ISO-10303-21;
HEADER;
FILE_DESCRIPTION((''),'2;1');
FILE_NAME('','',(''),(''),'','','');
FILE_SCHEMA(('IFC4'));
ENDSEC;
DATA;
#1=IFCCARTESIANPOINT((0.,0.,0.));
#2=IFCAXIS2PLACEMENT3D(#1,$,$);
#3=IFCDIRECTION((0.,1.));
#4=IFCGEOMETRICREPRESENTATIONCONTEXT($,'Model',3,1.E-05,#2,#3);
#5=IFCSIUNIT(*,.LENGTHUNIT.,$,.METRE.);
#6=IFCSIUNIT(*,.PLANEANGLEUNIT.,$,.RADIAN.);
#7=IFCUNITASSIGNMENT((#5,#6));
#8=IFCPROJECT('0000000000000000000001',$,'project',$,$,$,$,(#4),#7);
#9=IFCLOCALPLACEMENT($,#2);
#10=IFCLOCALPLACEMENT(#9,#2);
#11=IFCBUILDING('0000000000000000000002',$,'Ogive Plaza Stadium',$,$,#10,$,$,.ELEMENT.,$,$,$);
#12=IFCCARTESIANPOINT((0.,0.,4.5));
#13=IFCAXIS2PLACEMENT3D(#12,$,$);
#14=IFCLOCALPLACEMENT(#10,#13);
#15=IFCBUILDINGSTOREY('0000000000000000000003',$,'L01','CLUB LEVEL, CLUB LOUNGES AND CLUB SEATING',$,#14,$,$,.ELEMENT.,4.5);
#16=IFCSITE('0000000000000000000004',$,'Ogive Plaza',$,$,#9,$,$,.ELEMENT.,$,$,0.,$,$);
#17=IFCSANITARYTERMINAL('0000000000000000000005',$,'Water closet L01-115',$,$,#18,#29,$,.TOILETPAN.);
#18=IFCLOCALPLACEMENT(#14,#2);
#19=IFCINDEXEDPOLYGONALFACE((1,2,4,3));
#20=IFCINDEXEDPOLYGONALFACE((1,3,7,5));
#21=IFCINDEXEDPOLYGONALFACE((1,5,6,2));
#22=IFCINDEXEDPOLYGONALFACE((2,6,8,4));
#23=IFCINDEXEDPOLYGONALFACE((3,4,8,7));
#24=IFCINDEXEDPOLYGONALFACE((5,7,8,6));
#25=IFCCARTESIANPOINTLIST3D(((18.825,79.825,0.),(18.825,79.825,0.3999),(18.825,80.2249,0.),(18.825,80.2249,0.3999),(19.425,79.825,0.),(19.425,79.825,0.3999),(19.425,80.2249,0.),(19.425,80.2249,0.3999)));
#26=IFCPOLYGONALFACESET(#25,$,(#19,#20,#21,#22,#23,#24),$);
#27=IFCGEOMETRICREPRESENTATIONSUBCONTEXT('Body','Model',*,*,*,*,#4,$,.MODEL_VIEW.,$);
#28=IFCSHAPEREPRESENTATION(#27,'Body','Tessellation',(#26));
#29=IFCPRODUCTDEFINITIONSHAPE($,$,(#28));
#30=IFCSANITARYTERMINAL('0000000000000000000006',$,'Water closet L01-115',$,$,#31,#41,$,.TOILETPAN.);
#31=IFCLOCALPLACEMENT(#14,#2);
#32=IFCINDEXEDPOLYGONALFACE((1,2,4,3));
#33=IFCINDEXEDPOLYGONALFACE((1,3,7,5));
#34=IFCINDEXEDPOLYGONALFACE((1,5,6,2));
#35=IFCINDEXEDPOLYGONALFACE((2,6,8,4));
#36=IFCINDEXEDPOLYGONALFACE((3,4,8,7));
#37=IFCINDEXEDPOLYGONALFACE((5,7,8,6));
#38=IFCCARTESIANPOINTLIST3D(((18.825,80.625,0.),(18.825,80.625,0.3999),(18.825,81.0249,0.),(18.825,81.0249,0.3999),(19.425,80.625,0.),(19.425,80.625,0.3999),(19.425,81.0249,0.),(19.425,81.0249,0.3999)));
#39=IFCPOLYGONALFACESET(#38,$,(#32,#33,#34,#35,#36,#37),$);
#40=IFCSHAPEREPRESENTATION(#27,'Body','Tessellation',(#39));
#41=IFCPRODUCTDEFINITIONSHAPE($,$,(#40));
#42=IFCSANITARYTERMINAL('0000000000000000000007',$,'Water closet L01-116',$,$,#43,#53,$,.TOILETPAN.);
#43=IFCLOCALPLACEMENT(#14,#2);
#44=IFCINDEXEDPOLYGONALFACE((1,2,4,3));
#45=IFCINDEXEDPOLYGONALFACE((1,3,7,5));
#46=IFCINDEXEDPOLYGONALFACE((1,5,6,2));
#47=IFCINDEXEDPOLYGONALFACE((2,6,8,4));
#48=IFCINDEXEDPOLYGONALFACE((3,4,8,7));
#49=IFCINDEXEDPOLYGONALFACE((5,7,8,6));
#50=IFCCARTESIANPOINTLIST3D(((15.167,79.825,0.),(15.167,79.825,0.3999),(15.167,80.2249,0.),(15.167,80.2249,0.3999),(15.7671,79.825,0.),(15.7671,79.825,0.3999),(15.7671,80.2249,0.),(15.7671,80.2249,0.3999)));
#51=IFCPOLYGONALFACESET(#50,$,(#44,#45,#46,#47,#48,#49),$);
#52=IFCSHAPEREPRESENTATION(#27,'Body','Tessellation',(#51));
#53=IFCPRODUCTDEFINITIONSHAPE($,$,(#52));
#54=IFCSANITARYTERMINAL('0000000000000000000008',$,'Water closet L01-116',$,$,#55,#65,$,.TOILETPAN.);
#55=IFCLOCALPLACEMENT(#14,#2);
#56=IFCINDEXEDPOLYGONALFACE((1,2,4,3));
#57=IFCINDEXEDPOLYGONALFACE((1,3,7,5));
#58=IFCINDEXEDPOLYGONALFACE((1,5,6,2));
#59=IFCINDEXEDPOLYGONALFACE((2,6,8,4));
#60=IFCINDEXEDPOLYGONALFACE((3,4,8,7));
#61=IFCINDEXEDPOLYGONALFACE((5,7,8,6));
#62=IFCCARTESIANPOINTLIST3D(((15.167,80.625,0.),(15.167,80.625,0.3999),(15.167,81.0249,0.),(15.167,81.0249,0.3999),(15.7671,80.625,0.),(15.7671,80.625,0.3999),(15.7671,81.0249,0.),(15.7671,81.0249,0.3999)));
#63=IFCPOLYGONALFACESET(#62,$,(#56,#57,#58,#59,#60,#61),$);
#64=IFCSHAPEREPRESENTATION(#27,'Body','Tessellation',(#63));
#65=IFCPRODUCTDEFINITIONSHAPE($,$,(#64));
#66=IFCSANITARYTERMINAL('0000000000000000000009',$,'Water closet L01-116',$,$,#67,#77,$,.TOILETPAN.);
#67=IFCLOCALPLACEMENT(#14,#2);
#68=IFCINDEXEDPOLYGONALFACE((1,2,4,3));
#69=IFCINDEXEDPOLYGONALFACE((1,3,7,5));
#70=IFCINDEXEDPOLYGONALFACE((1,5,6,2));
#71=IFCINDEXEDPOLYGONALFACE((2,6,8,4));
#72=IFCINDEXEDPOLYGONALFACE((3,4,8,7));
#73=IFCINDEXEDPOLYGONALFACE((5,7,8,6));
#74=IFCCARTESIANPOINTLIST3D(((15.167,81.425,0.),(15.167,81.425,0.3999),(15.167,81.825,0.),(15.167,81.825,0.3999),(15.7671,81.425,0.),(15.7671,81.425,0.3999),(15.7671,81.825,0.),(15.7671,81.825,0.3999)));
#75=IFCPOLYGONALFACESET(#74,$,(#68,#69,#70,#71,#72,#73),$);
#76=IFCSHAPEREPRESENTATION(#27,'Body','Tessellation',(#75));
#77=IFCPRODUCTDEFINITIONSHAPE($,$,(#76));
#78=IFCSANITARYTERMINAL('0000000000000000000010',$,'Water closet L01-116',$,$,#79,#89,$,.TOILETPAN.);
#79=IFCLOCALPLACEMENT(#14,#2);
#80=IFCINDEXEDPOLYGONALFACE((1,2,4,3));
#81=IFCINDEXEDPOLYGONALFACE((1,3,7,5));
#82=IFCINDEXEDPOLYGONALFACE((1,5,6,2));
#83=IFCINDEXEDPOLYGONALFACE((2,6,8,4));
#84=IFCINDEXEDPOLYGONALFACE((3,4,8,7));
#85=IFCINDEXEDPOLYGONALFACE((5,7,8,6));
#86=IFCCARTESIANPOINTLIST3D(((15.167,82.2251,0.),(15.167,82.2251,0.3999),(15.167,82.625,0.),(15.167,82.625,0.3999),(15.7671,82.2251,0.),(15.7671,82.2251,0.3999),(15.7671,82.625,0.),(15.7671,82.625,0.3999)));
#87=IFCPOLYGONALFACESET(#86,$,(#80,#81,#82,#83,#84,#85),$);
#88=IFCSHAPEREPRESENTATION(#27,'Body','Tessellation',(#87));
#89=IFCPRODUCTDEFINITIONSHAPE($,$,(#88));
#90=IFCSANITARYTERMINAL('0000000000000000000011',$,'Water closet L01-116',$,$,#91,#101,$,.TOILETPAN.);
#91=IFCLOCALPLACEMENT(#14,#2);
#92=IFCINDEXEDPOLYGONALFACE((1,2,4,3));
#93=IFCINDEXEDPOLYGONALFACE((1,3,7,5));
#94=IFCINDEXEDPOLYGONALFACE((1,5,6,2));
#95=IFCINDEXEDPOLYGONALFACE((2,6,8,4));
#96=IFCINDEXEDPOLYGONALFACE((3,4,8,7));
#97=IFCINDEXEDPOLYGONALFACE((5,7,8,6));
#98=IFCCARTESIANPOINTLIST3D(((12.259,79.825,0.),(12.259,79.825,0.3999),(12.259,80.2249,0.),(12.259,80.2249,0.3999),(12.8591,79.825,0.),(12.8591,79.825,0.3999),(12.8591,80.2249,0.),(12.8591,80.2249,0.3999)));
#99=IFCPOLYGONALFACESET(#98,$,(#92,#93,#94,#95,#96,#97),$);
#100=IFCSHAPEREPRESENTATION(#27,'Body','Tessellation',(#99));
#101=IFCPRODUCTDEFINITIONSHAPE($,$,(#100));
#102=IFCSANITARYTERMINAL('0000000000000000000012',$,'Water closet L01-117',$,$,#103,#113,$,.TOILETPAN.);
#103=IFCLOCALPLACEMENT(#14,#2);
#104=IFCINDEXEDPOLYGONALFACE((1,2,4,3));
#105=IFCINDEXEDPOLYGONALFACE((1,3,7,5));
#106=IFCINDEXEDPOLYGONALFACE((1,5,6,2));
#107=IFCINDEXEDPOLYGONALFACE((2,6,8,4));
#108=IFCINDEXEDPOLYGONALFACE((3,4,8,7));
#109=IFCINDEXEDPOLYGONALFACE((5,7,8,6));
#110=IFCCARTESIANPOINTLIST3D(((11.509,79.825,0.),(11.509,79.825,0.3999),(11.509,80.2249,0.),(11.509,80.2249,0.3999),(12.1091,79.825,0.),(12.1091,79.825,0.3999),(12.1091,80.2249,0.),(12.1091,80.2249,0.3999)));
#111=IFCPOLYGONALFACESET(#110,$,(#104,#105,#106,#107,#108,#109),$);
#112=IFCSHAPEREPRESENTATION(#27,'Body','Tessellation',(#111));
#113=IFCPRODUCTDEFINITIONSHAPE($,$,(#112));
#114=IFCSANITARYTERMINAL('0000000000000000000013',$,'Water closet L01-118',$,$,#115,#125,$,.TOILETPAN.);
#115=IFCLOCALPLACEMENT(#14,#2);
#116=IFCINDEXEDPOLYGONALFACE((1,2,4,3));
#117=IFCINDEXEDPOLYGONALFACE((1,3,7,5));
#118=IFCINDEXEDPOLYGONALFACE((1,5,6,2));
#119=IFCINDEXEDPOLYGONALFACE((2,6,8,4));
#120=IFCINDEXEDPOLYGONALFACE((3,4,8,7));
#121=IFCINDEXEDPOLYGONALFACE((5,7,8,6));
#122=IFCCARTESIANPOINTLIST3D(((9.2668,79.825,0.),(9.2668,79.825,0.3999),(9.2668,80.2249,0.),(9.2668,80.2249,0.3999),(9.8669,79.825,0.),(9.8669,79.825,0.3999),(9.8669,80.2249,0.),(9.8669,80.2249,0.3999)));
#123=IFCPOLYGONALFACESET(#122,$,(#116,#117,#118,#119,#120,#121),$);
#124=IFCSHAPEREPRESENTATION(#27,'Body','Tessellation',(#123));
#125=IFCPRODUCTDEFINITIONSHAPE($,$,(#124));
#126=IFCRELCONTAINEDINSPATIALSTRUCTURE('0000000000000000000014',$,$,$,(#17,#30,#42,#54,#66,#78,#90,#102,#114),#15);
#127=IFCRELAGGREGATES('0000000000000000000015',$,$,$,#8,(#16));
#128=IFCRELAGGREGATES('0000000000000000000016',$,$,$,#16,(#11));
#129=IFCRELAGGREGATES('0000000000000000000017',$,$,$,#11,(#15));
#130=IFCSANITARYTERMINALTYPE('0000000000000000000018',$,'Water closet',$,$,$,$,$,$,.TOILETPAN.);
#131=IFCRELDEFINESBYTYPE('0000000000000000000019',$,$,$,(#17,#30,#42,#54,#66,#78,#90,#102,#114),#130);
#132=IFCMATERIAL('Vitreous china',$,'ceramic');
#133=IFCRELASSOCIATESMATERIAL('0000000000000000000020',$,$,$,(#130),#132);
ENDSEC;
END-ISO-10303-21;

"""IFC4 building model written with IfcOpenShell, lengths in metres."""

from ifc_helpers import new_model, si_unit, direction, frame, origin, origin_2d, place, context, subcontext, project, spatial, rectangle, extrude, material, type_object, element, save


model = new_model("IFC4")

# Units and contexts
model_context = context("Model", 3, precision=1e-05, world=origin(), true_north=direction((0.0, 1.0)))
body_context = subcontext(model_context, "Body", "Model", "MODEL_VIEW")
ifc_project = project(units=[si_unit("LENGTHUNIT", "METRE"), si_unit("PLANEANGLEUNIT", "RADIAN")], contexts=[model_context])

# Site, building, storey
site_placement = place(None, origin())
site = spatial("IfcSite", under=ifc_project, at=site_placement, Name="Ogive Plaza", CompositionType="ELEMENT", RefElevation=0.0)
building_placement = place(site_placement, origin())
building = spatial("IfcBuilding", under=site, at=building_placement, Name="Ogive Plaza Stadium", CompositionType="ELEMENT")
storey_placement = place(building_placement, frame((0.0, 0.0, 4.5)))
storey = spatial("IfcBuildingStorey", under=building, at=storey_placement, Name="L01", Description="CLUB LEVEL, CLUB LOUNGES AND CLUB SEATING", CompositionType="ELEMENT", Elevation=4.5)

# Sanitary terminals
ifc_material_1 = material(Name="Vitreous china", Category="ceramic")
sanitary_terminal_type_1 = type_object("IfcSanitaryTerminalType", Name="Water closet", PredefinedType="TOILETPAN", material=ifc_material_1)
for number, where, z_axis, x_axis, name in (
    (1, (19.125, 80.0249, 0.0), (0.0, 0.0, 1.0), (0.0, 1.0, 0.0), "Water closet L01-115"),
    (2, (19.125, 80.825, 0.0), (0.0, 0.0, 1.0), (0.0, 1.0, 0.0), "Water closet L01-115"),
    (3, (15.467, 80.0249, 0.0), (0.0, 0.0, 1.0), (0.0, 1.0, 0.0), "Water closet L01-116"),
    (4, (15.467, 80.825, 0.0), (0.0, 0.0, 1.0), (0.0, 1.0, 0.0), "Water closet L01-116"),
    (5, (15.467, 81.625, 0.0), (0.0, 0.0, 1.0), (0.0, 1.0, 0.0), "Water closet L01-116"),
    (6, (15.467, 82.425, 0.0), (0.0, 0.0, 1.0), (0.0, 1.0, 0.0), "Water closet L01-116"),
    (7, (12.5591, 80.0249, 0.0), (0.0, 0.0, 1.0), (0.0, 1.0, 0.0), "Water closet L01-116"),
    (8, (11.8091, 80.0249, 0.0), (0.0, 0.0, 1.0), (0.0, 1.0, 0.0), "Water closet L01-117"),
    (9, (9.5669, 80.0249, 0.0), (0.0, 0.0, 1.0), (0.0, 1.0, 0.0), "Water closet L01-118"),
):
    element("IfcSanitaryTerminal", number, at=place(storey_placement, frame(where, z_axis=z_axis, x_axis=x_axis)), inside=storey, type_object=sanitary_terminal_type_1, Name=name, PredefinedType="TOILETPAN", context=body_context, shape_type="SweptSolid", body=[
        extrude(rectangle(XDim=0.3999, YDim=0.6001, at=origin_2d()), origin(), (0.0, 0.0, 1.0), 0.3999),
    ])

save(model, "model.ifc")
